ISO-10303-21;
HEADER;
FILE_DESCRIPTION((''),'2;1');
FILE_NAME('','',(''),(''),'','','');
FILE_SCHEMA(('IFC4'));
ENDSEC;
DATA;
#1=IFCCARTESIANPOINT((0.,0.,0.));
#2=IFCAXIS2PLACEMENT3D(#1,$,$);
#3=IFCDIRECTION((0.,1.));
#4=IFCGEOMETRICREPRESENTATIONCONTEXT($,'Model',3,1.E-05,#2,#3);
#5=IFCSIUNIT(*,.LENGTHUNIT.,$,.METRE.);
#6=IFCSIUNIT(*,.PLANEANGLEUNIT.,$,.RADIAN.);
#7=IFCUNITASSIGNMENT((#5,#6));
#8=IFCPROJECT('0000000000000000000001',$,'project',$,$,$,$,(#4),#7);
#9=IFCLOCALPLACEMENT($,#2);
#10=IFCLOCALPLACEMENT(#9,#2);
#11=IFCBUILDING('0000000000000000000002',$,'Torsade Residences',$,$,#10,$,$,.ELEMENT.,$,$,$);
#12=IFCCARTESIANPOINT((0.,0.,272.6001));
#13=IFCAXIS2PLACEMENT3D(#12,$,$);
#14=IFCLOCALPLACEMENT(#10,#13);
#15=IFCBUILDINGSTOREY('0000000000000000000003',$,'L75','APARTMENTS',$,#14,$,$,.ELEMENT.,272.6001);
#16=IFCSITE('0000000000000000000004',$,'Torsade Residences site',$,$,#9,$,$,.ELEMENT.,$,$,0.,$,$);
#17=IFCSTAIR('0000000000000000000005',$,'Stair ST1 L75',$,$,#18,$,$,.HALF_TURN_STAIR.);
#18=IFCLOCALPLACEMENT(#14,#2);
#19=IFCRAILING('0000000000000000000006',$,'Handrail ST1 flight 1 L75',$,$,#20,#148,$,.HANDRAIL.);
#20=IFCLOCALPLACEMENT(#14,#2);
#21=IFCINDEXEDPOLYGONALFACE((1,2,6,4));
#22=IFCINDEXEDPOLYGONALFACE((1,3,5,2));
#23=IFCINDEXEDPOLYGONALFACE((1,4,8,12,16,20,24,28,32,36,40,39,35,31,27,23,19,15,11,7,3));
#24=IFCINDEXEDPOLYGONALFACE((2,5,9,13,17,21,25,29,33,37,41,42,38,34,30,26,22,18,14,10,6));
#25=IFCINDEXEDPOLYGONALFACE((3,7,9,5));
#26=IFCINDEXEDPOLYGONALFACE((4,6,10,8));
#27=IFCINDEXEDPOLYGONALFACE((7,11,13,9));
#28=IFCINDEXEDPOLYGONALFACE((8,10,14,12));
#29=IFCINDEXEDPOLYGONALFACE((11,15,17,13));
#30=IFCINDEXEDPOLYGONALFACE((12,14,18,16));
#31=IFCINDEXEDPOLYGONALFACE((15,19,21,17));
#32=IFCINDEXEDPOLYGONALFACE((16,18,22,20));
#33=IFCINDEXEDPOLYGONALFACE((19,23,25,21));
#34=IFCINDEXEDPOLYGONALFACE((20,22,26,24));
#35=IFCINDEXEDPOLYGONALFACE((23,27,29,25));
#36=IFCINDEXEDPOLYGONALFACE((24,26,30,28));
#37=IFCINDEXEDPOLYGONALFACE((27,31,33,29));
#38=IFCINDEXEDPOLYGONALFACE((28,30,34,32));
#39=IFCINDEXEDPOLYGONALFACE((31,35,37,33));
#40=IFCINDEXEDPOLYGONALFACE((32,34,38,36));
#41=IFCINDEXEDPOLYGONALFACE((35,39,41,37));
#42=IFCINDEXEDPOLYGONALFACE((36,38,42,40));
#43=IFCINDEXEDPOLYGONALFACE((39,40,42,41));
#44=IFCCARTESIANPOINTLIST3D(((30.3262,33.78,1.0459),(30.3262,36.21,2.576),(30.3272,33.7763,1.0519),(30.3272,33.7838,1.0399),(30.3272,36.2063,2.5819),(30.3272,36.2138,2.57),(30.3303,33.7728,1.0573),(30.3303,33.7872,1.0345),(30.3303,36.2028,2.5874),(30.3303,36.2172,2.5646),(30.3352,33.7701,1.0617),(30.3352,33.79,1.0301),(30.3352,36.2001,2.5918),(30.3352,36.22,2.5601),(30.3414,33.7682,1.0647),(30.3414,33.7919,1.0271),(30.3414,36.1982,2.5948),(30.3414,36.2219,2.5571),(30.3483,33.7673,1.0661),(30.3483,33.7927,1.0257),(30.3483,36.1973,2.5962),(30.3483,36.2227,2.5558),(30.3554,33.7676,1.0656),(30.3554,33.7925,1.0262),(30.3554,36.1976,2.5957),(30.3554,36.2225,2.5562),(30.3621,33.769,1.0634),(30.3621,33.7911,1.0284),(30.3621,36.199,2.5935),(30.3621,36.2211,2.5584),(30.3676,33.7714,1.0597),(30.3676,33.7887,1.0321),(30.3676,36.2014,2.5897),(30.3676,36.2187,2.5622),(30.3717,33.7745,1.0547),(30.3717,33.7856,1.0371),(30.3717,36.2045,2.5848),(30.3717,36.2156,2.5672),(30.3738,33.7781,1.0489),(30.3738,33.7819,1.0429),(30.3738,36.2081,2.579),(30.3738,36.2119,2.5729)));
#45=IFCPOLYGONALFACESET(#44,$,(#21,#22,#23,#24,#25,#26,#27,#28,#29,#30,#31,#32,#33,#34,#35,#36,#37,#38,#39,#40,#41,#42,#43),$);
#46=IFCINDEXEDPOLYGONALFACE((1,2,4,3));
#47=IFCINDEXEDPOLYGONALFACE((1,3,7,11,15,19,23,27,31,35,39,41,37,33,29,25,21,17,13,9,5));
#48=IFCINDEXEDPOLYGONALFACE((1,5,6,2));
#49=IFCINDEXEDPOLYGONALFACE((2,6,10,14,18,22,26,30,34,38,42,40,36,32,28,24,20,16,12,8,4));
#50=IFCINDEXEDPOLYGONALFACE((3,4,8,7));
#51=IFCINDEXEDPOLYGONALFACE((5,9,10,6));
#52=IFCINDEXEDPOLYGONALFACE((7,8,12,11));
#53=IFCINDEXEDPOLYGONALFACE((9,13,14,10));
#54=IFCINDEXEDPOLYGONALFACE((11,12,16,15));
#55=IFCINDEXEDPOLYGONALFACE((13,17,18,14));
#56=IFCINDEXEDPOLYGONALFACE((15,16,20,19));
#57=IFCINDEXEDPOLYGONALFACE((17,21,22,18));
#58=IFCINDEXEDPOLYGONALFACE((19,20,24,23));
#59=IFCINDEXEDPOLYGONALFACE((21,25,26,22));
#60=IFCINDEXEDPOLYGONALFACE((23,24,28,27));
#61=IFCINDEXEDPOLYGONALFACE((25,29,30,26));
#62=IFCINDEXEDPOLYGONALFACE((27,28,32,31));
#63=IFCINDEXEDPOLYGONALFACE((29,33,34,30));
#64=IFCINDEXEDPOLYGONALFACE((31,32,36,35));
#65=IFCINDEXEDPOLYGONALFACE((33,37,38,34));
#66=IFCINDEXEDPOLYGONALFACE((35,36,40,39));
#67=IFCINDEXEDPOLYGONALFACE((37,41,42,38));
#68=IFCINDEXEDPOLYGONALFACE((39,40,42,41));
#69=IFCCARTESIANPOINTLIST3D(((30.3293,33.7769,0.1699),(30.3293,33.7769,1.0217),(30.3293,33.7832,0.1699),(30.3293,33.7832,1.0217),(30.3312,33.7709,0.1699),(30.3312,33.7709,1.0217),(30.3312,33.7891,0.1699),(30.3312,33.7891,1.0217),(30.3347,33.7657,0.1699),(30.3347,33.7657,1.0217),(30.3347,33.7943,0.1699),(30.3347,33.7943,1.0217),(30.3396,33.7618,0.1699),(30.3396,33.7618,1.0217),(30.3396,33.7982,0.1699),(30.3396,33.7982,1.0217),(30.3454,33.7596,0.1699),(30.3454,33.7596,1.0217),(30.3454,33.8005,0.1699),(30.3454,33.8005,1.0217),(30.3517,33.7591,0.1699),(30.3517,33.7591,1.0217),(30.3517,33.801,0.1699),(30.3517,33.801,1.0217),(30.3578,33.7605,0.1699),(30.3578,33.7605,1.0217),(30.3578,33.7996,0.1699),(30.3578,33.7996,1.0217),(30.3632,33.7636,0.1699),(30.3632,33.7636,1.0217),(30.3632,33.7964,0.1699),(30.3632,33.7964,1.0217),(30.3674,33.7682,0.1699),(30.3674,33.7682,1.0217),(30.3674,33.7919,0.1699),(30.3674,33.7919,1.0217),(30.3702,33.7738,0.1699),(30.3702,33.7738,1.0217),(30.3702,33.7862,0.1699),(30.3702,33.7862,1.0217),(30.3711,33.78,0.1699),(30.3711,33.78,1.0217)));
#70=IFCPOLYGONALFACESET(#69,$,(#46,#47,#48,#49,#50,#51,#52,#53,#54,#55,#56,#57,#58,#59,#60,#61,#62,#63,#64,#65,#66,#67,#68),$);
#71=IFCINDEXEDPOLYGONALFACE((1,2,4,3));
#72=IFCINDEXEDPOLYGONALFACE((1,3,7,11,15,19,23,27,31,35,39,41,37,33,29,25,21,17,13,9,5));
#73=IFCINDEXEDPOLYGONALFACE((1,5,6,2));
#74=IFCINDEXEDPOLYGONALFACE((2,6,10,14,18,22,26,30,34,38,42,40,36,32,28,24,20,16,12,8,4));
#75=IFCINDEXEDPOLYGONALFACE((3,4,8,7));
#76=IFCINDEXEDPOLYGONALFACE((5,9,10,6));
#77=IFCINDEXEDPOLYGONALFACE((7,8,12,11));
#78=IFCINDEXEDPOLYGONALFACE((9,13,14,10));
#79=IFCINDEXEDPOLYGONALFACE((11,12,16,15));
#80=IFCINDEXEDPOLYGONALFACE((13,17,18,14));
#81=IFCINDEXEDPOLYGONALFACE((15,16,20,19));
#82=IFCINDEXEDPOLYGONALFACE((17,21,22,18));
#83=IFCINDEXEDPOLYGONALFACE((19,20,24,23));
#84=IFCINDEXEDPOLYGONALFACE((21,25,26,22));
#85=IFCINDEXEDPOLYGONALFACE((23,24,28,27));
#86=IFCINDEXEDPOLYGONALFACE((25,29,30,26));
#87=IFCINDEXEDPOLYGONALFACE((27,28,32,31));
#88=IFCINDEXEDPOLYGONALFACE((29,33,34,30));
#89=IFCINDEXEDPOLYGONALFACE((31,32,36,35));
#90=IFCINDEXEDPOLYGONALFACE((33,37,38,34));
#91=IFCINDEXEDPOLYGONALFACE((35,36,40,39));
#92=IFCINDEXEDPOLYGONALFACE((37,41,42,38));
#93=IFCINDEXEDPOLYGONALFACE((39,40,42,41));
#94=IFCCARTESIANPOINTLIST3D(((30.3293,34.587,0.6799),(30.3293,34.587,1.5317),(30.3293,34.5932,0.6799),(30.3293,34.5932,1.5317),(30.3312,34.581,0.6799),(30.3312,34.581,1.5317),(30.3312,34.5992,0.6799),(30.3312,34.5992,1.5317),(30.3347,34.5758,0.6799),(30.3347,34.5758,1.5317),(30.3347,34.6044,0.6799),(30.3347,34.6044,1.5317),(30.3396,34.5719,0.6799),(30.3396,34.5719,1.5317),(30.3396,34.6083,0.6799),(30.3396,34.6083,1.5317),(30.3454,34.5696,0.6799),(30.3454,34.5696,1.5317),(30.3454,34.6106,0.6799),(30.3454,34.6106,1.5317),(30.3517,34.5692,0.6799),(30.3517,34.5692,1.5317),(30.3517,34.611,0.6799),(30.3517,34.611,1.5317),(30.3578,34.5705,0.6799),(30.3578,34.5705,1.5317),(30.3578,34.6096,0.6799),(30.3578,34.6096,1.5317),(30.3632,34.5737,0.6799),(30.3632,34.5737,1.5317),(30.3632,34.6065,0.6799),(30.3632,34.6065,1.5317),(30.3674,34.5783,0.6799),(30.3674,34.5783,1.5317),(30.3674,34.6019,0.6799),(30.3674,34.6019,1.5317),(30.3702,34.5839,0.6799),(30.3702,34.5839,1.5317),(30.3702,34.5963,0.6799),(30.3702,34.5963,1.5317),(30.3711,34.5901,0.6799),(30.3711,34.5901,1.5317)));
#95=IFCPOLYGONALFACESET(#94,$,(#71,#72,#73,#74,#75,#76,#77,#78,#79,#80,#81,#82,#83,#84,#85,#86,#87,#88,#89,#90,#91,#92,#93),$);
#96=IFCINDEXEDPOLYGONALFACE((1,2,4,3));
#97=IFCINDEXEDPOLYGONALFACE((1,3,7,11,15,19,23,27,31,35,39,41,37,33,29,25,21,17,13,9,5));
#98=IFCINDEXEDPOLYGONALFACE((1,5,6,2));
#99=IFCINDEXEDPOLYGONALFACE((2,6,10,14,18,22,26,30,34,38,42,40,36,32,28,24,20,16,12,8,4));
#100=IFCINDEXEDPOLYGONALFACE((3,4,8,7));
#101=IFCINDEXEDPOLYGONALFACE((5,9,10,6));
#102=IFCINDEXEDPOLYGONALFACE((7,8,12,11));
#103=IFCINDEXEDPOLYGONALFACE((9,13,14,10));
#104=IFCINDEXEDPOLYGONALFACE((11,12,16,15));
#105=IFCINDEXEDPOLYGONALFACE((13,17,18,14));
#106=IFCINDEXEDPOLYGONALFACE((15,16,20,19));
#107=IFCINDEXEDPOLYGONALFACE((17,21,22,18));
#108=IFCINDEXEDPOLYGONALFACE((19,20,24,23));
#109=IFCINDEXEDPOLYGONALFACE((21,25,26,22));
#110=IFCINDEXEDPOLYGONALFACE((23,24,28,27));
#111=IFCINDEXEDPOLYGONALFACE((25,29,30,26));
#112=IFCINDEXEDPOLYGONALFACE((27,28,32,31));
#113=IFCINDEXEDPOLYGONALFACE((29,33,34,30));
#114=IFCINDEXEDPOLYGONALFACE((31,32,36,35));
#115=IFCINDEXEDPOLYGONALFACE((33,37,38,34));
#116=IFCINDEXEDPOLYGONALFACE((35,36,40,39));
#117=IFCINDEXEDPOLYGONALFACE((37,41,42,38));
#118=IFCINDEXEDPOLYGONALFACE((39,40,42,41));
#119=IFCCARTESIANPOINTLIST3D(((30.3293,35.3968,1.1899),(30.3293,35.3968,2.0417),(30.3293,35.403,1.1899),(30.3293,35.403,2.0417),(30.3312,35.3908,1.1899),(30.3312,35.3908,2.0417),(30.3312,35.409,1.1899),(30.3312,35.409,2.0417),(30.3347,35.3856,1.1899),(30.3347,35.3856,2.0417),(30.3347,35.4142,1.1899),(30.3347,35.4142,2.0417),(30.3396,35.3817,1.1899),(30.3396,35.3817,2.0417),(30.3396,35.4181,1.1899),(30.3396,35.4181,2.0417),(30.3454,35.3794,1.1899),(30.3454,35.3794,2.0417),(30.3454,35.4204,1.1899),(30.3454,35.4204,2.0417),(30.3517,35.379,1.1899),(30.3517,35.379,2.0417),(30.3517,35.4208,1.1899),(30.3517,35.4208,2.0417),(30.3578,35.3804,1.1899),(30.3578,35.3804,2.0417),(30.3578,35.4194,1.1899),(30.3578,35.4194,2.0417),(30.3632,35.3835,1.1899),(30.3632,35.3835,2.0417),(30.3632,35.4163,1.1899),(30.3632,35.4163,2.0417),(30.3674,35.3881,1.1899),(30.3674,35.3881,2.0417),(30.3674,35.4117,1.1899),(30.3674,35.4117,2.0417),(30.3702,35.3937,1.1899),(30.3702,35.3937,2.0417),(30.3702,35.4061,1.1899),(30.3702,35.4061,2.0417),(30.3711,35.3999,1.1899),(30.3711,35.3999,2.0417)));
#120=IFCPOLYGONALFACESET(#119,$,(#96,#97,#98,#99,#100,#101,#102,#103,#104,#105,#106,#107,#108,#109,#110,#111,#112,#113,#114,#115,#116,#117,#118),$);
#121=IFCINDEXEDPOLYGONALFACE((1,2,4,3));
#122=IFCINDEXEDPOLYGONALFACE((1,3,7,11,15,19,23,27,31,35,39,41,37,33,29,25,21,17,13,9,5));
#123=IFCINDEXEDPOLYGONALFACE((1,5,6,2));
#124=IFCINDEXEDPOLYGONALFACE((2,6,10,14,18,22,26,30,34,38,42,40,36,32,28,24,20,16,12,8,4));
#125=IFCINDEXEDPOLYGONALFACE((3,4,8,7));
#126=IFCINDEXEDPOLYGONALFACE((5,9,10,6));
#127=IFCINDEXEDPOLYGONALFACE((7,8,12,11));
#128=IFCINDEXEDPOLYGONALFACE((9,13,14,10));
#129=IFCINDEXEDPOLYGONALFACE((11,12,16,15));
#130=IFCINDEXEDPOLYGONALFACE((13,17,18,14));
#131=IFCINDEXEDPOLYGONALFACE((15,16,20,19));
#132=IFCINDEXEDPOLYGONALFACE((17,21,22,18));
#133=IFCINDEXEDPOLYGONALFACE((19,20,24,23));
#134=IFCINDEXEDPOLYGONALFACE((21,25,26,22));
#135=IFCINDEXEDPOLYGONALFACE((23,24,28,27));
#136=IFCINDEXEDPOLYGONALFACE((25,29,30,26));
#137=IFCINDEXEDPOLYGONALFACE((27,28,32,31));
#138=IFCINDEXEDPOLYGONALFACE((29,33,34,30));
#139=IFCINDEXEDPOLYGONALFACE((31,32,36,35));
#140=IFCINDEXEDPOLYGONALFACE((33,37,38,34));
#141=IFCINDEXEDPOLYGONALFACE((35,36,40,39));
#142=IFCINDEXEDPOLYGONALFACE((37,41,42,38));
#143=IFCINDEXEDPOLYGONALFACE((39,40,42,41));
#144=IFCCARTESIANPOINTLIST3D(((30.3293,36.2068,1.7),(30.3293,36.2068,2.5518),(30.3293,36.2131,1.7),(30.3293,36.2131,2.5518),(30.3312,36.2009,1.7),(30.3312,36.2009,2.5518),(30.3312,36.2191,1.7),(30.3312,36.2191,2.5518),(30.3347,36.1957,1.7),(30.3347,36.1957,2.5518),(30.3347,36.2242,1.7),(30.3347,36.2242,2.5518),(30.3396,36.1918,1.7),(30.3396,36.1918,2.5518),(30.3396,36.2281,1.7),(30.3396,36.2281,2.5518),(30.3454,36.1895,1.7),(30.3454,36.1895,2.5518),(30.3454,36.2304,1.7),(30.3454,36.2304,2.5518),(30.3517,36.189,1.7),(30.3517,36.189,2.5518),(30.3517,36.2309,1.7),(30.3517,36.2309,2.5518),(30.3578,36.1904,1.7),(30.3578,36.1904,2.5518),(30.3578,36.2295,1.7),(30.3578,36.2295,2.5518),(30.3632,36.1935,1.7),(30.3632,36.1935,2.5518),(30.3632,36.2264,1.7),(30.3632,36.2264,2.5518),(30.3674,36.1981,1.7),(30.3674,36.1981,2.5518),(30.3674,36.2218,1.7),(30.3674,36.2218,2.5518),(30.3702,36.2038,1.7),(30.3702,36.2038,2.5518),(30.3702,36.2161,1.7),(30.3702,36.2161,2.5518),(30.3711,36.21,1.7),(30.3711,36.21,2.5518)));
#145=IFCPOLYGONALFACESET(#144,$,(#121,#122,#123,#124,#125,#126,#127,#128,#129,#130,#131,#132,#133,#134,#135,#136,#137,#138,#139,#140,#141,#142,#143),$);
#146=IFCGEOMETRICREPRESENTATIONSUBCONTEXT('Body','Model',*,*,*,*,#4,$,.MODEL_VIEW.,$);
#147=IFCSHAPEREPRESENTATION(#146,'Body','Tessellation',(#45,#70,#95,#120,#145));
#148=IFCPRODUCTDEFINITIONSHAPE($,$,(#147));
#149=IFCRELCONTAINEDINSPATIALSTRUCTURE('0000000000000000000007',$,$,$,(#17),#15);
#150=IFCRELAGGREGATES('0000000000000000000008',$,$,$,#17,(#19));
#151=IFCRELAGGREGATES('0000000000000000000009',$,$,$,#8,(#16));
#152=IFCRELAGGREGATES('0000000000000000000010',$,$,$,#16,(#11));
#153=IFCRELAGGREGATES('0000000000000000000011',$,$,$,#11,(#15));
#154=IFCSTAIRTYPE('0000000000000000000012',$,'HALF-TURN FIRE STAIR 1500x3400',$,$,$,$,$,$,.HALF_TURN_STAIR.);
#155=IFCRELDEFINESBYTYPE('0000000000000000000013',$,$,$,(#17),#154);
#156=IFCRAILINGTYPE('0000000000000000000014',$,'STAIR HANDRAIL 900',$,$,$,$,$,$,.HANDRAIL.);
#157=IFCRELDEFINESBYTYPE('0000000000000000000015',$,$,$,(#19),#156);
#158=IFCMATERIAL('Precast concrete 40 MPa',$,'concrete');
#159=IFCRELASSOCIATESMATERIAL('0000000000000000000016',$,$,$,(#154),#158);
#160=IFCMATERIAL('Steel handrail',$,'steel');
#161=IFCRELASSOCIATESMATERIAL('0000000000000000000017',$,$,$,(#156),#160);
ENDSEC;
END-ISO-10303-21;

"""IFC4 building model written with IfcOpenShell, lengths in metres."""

from ifc_helpers import new_model, si_unit, direction, frame, origin, origin_2d, place, context, subcontext, project, spatial, circle, extrude, material, type_object, element, aggregate, save


model = new_model("IFC4")

# Units and contexts
model_context = context("Model", 3, precision=1e-05, world=origin(), true_north=direction((0.0, 1.0)))
body_context = subcontext(model_context, "Body", "Model", "MODEL_VIEW")
ifc_project = project(units=[si_unit("LENGTHUNIT", "METRE"), si_unit("PLANEANGLEUNIT", "RADIAN")], contexts=[model_context])

# Site, building, storey
site_placement = place(None, origin())
site = spatial("IfcSite", under=ifc_project, at=site_placement, Name="Torsade Residences site", CompositionType="ELEMENT", RefElevation=0.0)
building_placement = place(site_placement, origin())
building = spatial("IfcBuilding", under=site, at=building_placement, Name="Torsade Residences", CompositionType="ELEMENT")
storey_placement = place(building_placement, frame((0.0, 0.0, 272.6001)))
storey = spatial("IfcBuildingStorey", under=building, at=storey_placement, Name="L75", Description="APARTMENTS", CompositionType="ELEMENT", Elevation=272.6001)

# Stair, railing
ifc_material_1 = material(Name="Precast concrete 40 MPa", Category="concrete")
stair_type = type_object("IfcStairType", Name="HALF-TURN FIRE STAIR 1500x3400", PredefinedType="HALF_TURN_STAIR", material=ifc_material_1)
stair_placement = place(storey_placement, origin())
stair = element("IfcStair", 1, at=stair_placement, inside=storey, type_object=stair_type, Name="Stair ST1 L75", PredefinedType="HALF_TURN_STAIR")
ifc_material_2 = material(Name="Steel handrail", Category="steel")
railing_type = type_object("IfcRailingType", Name="STAIR HANDRAIL 900", PredefinedType="HANDRAIL", material=ifc_material_2)
railing_1_placement = place(storey_placement, frame((30.3501, 33.78, 0.1699)))
railing_1 = element("IfcRailing", 2, at=railing_1_placement, type_object=railing_type, Name="Handrail ST1 flight 1 L75", PredefinedType="HANDRAIL", context=body_context, shape_type="SweptSolid", body=[
    extrude(circle(Radius=0.0239, at=origin_2d()), frame((0.0, 0.0, 0.876), z_axis=(0.0, 0.846221, 0.532831), x_axis=(-1.0, 0.0, 0.0)), (0.0, 0.0, 1.0), 2.8716),
    extrude(circle(Radius=0.021, at=origin_2d()), origin(), (0.0, 0.0, 1.0), 0.8518),
    extrude(circle(Radius=0.021, at=origin_2d()), frame((0.0, 0.8101, 0.51)), (0.0, 0.0, 1.0), 0.8518),
    extrude(circle(Radius=0.021, at=origin_2d()), frame((0.0, 1.6199, 1.02)), (0.0, 0.0, 1.0), 0.8518),
    extrude(circle(Radius=0.021, at=origin_2d()), frame((0.0, 2.4299, 1.53)), (0.0, 0.0, 1.0), 0.8518),
])
aggregate(stair, [railing_1])

save(model, "model.ifc")
